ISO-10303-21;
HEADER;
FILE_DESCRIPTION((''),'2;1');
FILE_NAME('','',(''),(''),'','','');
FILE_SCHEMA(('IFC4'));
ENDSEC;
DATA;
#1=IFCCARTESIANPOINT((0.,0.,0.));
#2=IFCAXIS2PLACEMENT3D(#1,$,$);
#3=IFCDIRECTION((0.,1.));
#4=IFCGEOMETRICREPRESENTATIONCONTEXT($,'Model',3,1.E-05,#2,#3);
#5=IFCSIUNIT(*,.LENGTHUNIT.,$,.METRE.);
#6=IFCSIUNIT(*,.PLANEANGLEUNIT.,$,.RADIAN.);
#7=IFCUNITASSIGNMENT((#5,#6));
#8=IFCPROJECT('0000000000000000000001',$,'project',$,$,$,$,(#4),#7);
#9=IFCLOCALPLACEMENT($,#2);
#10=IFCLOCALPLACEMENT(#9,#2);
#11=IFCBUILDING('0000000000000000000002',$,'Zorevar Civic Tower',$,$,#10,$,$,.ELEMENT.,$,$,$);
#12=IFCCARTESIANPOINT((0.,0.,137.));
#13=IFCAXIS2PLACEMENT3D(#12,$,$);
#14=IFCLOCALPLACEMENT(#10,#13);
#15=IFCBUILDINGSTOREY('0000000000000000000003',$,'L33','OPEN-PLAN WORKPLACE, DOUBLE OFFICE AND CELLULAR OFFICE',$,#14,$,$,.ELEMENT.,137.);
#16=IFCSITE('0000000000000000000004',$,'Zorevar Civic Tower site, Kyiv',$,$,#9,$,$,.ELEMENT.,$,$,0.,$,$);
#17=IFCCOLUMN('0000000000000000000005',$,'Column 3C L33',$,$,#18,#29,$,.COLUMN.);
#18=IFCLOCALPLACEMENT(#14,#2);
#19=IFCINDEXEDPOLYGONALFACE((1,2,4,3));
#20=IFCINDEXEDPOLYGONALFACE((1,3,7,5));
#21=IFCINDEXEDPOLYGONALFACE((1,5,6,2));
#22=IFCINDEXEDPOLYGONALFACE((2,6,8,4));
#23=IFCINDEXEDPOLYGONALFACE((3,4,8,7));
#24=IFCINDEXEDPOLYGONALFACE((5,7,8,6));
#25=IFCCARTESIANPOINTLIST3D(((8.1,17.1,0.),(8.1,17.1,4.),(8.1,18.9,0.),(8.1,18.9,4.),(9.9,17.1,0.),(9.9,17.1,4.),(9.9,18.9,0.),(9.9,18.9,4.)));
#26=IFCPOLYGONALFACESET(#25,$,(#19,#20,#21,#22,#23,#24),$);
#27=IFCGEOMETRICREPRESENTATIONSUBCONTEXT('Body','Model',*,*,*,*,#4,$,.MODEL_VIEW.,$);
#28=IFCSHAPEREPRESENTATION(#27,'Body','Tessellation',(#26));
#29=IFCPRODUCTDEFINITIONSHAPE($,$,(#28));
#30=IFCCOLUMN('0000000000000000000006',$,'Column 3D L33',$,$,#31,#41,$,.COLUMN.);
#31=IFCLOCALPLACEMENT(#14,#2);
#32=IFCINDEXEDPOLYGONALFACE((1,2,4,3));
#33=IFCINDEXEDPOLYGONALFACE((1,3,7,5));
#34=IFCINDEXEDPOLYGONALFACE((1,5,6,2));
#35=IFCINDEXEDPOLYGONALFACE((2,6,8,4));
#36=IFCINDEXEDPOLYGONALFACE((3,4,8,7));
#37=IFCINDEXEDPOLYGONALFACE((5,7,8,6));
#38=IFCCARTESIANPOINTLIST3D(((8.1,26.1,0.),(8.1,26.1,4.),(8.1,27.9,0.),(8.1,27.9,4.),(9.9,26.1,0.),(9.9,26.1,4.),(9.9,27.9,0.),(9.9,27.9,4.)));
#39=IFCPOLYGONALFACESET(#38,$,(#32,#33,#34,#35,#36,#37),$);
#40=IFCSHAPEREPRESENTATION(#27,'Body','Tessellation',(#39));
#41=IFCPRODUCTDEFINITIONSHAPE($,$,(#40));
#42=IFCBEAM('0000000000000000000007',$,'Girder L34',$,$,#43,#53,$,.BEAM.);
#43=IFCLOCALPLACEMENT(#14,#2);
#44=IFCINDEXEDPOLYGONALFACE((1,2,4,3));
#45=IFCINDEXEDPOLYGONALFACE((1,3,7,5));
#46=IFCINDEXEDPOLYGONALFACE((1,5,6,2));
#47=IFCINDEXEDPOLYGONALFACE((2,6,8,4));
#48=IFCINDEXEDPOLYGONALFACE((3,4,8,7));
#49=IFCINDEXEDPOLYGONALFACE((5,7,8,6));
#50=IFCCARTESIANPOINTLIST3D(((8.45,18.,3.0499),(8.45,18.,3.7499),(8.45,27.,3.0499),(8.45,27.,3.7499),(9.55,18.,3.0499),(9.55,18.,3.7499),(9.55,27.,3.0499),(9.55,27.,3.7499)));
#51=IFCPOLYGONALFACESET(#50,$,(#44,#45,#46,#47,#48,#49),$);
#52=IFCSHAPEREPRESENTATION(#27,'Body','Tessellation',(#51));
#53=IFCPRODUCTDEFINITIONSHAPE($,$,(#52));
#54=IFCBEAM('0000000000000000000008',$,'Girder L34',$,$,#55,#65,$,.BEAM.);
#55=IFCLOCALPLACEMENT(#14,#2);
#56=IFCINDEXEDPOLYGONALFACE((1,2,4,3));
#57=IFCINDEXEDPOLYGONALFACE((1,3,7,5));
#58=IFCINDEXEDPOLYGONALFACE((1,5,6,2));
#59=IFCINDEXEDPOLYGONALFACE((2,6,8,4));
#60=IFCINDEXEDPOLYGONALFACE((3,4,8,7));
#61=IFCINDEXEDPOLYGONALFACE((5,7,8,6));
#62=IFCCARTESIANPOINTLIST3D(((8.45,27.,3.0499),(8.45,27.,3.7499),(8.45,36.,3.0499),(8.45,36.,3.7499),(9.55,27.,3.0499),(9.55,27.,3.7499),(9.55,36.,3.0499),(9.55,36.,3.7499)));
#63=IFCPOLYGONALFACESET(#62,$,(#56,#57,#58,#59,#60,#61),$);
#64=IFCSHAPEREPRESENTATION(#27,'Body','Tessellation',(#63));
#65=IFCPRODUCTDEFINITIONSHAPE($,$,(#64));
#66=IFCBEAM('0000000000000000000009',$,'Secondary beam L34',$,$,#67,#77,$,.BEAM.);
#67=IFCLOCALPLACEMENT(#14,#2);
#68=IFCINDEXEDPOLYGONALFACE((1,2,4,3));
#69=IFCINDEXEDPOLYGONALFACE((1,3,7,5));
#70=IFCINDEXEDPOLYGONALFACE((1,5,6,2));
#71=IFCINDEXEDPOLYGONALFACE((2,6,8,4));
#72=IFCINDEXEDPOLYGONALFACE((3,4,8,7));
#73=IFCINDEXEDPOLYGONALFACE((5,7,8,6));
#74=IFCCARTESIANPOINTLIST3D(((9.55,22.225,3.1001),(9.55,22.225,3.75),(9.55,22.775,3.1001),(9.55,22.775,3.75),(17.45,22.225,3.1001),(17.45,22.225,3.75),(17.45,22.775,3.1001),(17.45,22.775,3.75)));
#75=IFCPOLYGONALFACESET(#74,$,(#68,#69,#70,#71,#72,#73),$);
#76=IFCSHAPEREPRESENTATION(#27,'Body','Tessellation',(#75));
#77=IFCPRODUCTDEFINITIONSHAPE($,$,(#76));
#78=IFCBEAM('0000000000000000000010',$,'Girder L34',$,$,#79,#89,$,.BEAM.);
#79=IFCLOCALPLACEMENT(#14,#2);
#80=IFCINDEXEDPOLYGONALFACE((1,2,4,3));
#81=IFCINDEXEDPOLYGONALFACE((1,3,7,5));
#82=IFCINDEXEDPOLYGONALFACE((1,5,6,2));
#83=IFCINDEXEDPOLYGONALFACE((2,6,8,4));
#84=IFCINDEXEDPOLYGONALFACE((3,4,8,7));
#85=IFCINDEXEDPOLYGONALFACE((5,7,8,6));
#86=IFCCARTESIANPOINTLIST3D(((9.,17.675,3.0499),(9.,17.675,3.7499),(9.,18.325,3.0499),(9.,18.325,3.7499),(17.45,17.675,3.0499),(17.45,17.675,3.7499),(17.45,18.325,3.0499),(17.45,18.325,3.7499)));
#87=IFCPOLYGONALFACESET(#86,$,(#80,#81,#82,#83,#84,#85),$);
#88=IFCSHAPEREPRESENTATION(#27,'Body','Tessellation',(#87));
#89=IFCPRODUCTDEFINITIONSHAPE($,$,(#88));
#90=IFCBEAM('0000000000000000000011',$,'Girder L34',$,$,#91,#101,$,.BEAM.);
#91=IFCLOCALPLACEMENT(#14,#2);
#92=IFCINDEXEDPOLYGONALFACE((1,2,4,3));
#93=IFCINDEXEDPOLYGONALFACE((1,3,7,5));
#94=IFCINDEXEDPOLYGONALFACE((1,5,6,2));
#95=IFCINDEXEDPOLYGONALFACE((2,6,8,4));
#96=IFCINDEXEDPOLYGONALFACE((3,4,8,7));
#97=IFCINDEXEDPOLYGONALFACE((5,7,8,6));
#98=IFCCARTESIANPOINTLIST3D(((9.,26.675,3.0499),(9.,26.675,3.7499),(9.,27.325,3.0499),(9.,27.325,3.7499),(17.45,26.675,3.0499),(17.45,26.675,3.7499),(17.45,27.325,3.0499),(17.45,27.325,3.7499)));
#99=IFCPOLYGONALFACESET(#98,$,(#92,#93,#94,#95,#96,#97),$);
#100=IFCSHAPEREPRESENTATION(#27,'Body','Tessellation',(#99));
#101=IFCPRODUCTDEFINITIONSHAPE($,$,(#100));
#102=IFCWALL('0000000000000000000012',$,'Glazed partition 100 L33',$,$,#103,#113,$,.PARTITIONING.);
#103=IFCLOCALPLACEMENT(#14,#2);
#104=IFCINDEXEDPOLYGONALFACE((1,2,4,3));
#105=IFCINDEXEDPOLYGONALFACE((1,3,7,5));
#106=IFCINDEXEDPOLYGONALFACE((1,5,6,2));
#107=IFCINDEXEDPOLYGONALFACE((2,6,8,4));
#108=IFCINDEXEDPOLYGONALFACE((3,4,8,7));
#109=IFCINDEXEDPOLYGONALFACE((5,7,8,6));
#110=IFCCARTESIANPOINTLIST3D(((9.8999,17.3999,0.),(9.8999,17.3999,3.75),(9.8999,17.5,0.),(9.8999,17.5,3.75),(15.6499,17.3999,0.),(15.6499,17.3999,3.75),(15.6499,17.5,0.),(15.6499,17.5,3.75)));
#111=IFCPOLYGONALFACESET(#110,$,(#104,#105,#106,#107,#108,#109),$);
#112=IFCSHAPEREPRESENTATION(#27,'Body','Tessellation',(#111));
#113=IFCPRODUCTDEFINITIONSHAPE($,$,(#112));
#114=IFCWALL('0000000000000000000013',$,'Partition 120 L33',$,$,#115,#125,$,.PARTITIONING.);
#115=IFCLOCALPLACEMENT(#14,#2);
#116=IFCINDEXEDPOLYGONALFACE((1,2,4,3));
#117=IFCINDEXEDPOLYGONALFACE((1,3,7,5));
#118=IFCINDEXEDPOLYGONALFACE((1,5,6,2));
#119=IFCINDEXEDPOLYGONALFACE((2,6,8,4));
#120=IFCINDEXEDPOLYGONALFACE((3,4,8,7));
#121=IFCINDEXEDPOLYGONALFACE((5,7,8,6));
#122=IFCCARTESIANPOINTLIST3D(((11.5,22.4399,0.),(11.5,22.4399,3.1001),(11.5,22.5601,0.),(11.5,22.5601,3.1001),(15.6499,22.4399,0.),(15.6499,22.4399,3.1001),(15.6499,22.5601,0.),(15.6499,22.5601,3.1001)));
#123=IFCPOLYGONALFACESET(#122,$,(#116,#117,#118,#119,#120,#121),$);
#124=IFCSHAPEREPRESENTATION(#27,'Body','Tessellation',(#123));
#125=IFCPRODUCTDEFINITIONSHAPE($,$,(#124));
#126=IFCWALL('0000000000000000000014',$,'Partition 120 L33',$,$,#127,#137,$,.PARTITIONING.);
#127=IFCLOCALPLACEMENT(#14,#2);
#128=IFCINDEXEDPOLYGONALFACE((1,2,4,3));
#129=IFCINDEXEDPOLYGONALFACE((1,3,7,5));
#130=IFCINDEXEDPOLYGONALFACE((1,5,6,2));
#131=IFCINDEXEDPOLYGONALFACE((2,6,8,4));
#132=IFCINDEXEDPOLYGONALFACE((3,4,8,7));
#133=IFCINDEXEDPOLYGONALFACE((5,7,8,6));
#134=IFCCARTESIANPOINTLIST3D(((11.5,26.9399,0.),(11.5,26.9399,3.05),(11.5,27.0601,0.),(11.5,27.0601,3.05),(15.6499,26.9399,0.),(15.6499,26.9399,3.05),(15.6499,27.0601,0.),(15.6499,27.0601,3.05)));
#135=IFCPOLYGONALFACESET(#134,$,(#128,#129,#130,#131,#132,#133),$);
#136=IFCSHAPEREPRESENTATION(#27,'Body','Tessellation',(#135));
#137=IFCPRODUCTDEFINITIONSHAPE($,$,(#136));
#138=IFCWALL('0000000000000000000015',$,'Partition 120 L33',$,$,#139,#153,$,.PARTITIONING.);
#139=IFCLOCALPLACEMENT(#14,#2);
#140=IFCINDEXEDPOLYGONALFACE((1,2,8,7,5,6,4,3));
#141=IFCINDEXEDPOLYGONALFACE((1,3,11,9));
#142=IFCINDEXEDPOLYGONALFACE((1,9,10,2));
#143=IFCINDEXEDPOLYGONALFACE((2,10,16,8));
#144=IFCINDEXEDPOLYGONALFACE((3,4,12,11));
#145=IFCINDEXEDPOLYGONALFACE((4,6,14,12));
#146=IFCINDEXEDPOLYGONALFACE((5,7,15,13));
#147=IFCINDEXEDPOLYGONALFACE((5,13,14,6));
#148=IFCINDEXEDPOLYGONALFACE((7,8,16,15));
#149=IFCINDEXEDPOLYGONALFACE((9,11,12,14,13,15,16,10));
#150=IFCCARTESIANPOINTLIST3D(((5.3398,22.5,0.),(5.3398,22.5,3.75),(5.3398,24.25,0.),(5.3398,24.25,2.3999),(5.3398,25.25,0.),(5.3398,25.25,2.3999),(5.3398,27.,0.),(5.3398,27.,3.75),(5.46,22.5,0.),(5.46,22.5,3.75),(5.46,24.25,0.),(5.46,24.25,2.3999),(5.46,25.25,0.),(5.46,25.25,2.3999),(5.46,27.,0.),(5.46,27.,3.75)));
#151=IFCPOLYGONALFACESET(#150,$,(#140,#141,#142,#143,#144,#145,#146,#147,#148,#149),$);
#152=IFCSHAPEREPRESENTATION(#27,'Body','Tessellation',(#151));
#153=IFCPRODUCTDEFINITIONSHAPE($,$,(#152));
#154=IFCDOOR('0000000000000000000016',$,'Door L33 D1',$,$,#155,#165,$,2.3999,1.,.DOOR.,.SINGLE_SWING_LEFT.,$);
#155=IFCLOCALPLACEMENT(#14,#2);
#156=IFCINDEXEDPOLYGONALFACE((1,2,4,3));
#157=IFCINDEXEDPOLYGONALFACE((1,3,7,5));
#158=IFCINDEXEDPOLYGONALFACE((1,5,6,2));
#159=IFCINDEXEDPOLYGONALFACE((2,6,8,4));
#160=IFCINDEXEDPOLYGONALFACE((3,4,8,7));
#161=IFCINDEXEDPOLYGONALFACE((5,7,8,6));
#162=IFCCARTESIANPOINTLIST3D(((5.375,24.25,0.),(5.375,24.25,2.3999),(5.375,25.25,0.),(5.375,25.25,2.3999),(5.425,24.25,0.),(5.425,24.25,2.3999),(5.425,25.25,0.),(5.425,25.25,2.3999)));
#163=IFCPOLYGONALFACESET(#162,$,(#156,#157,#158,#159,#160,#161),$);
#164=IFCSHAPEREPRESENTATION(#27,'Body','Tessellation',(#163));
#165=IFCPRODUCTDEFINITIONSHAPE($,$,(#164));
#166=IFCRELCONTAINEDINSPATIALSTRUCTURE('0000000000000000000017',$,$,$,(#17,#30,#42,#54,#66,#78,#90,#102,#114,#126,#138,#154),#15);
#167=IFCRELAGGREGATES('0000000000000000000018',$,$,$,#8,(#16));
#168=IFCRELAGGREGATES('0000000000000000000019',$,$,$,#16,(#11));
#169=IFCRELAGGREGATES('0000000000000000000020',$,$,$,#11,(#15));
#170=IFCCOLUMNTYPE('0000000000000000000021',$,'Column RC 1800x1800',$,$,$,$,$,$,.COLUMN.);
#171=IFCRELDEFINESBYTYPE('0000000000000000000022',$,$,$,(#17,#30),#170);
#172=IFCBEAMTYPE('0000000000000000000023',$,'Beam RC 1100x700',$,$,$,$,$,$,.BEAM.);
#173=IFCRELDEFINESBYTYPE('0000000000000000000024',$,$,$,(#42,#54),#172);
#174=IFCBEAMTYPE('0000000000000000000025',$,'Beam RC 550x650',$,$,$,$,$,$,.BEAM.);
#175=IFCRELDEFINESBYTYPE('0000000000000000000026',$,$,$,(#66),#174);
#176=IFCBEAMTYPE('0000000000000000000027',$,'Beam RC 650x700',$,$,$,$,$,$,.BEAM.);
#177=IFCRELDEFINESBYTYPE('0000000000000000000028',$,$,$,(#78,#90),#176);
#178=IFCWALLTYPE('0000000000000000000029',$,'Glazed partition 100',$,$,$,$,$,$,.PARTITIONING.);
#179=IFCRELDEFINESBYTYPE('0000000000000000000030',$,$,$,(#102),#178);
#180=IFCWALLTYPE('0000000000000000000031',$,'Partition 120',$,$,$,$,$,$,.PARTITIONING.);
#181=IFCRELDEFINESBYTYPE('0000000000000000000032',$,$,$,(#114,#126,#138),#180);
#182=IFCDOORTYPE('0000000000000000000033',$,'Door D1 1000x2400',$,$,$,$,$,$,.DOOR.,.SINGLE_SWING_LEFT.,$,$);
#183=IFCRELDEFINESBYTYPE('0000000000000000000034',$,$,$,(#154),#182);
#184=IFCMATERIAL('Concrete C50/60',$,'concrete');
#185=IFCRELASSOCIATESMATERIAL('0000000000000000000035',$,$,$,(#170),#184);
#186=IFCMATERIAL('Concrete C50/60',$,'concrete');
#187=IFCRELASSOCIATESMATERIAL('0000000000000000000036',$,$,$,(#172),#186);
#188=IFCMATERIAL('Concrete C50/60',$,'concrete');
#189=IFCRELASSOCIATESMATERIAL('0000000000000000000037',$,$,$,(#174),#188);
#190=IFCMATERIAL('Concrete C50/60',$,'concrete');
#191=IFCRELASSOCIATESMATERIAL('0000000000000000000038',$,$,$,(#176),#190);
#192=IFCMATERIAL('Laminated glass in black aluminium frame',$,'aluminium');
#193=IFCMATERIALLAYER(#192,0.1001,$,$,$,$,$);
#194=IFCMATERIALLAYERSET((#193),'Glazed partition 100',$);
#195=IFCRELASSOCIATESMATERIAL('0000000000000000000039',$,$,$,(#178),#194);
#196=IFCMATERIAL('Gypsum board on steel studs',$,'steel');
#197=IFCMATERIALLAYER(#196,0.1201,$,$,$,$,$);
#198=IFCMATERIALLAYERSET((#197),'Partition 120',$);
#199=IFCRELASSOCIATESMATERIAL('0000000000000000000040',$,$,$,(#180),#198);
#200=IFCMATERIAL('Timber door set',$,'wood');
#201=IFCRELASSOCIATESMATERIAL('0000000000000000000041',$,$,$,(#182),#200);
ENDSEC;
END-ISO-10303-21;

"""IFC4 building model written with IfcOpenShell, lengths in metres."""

from ifc_helpers import new_model, si_unit, direction, frame, frame_2d, origin, origin_2d, place, context, subcontext, project, spatial, rectangle, extrude, material, layer, layer_set, material_profile, profile_set, type_object, element, fill, save


model = new_model("IFC4")

# Units and contexts
model_context = context("Model", 3, precision=1e-05, world=origin(), true_north=direction((0.0, 1.0)))
body_context = subcontext(model_context, "Body", "Model", "MODEL_VIEW")
ifc_project = project(units=[si_unit("LENGTHUNIT", "METRE"), si_unit("PLANEANGLEUNIT", "RADIAN")], contexts=[model_context])

# Site, building, storey
site_placement = place(None, origin())
site = spatial("IfcSite", under=ifc_project, at=site_placement, Name="Zorevar Civic Tower site, Kyiv", CompositionType="ELEMENT", RefElevation=0.0)
building_placement = place(site_placement, origin())
building = spatial("IfcBuilding", under=site, at=building_placement, Name="Zorevar Civic Tower", CompositionType="ELEMENT")
storey_placement = place(building_placement, frame((0.0, 0.0, 137.0)))
storey = spatial("IfcBuildingStorey", under=building, at=storey_placement, Name="L33", Description="OPEN-PLAN WORKPLACE, DOUBLE OFFICE AND CELLULAR OFFICE", CompositionType="ELEMENT", Elevation=137.0)

# Columns
ifc_material_1 = material(Name="Concrete C50/60", Category="concrete")
ifc_material_profile_1 = material_profile(ifc_material_1, rectangle(XDim=1.8, YDim=1.8, at=origin_2d()), Name="RC 1800x1800")
ifc_profile_set_1 = profile_set([ifc_material_profile_1], Name="Concrete C50/60")
column_type = type_object("IfcColumnType", Name="Column RC 1800x1800", PredefinedType="COLUMN", material=ifc_profile_set_1)
for number, where, z_axis, x_axis, name in (
    (1, (9.0, 18.0, 0.0), (0.0, 0.0, 1.0), (1.0, 0.0, 0.0), "Column 3C L33"),
    (2, (9.0, 27.0, 0.0), (0.0, 0.0, 1.0), (1.0, 0.0, 0.0), "Column 3D L33"),
):
    element("IfcColumn", number, at=place(storey_placement, frame(where, z_axis=z_axis, x_axis=x_axis)), inside=storey, type_object=column_type, Name=name, PredefinedType="COLUMN", context=body_context, shape_type="SweptSolid", body=[
        extrude(rectangle(XDim=1.8, YDim=1.8, at=origin_2d()), origin(), (0.0, 0.0, 1.0), 4.0),
    ])

# Beams
ifc_material_2 = material(Name="Concrete C50/60", Category="concrete")
ifc_material_profile_2 = material_profile(ifc_material_2, rectangle(XDim=1.1001, YDim=0.7, at=origin_2d()), Name="RC 1100x700")
ifc_profile_set_2 = profile_set([ifc_material_profile_2], Name="Concrete C50/60")
beam_type_1 = type_object("IfcBeamType", Name="Beam RC 1100x700", PredefinedType="BEAM", material=ifc_profile_set_2)
for number, where, z_axis, x_axis, name in (
    (3, (9.0, 18.0, 3.3999), (0.0, 1.0, 0.0), (-1.0, 0.0, 0.0), "Girder L34"),
    (4, (9.0, 27.0, 3.3999), (0.0, 1.0, 0.0), (-1.0, 0.0, 0.0), "Girder L34"),
):
    element("IfcBeam", number, at=place(storey_placement, frame(where, z_axis=z_axis, x_axis=x_axis)), inside=storey, type_object=beam_type_1, Name=name, PredefinedType="BEAM", context=body_context, shape_type="SweptSolid", body=[
        extrude(rectangle(XDim=1.1001, YDim=0.7, at=origin_2d()), origin(), (0.0, 0.0, 1.0), 9.0),
    ])
ifc_material_3 = material(Name="Concrete C50/60", Category="concrete")
ifc_material_profile_3 = material_profile(ifc_material_3, rectangle(XDim=0.55, YDim=0.6499, at=origin_2d()), Name="RC 550x650")
ifc_profile_set_3 = profile_set([ifc_material_profile_3], Name="Concrete C50/60")
beam_type_2 = type_object("IfcBeamType", Name="Beam RC 550x650", PredefinedType="BEAM", material=ifc_profile_set_3)
beam_placement = place(storey_placement, frame((9.55, 22.5, 3.425), z_axis=(1.0, 0.0, 0.0), x_axis=(0.0, 1.0, 0.0)))
element("IfcBeam", 5, at=beam_placement, inside=storey, type_object=beam_type_2, Name="Secondary beam L34", PredefinedType="BEAM", context=body_context, shape_type="SweptSolid", body=[
    extrude(rectangle(XDim=0.55, YDim=0.6499, at=origin_2d()), origin(), (0.0, 0.0, 1.0), 7.8999),
])
ifc_material_4 = material(Name="Concrete C50/60", Category="concrete")
ifc_material_profile_4 = material_profile(ifc_material_4, rectangle(XDim=0.6499, YDim=0.7, at=origin_2d()), Name="RC 650x700")
ifc_profile_set_4 = profile_set([ifc_material_profile_4], Name="Concrete C50/60")
beam_type_3 = type_object("IfcBeamType", Name="Beam RC 650x700", PredefinedType="BEAM", material=ifc_profile_set_4)
for number, where, z_axis, x_axis, name in (
    (6, (9.0, 18.0, 3.3999), (1.0, 0.0, 0.0), (0.0, 1.0, 0.0), "Girder L34"),
    (7, (9.0, 27.0, 3.3999), (1.0, 0.0, 0.0), (0.0, 1.0, 0.0), "Girder L34"),
):
    element("IfcBeam", number, at=place(storey_placement, frame(where, z_axis=z_axis, x_axis=x_axis)), inside=storey, type_object=beam_type_3, Name=name, PredefinedType="BEAM", context=body_context, shape_type="SweptSolid", body=[
        extrude(rectangle(XDim=0.6499, YDim=0.7, at=origin_2d()), origin(), (0.0, 0.0, 1.0), 8.45),
    ])

# Walls
ifc_material_5 = material(Name="Laminated glass in black aluminium frame", Category="aluminium")
ifc_layer_1 = layer(ifc_material_5, 0.1001)
ifc_layer_set_1 = layer_set([ifc_layer_1], Name="Glazed partition 100")
wall_type_1 = type_object("IfcWallType", Name="Glazed partition 100", PredefinedType="PARTITIONING", material=ifc_layer_set_1)
wall_1_placement = place(storey_placement, frame((9.8999, 17.45, 0.0), z_axis=(0.0, 0.0, 1.0), x_axis=(1.0, 0.0, 0.0)))
element("IfcWall", 8, at=wall_1_placement, inside=storey, type_object=wall_type_1, Name="Glazed partition 100 L33", PredefinedType="PARTITIONING", context=body_context, shape_type="SweptSolid", body=[
    extrude(rectangle(XDim=5.75, YDim=0.1001, at=frame_2d((2.875, 0.0))), origin(), (0.0, 0.0, 1.0), 3.75),
])
ifc_material_6 = material(Name="Gypsum board on steel studs", Category="steel")
ifc_layer_2 = layer(ifc_material_6, 0.1201)
ifc_layer_set_2 = layer_set([ifc_layer_2], Name="Partition 120")
wall_type_2 = type_object("IfcWallType", Name="Partition 120", PredefinedType="PARTITIONING", material=ifc_layer_set_2)
wall_2_placement = place(storey_placement, frame((11.5, 22.5, 0.0), z_axis=(0.0, 0.0, 1.0), x_axis=(1.0, 0.0, 0.0)))
element("IfcWall", 9, at=wall_2_placement, inside=storey, type_object=wall_type_2, Name="Partition 120 L33", PredefinedType="PARTITIONING", context=body_context, shape_type="SweptSolid", body=[
    extrude(rectangle(XDim=4.1499, YDim=0.1201, at=frame_2d((2.075, 0.0))), origin(), (0.0, 0.0, 1.0), 3.1001),
])
wall_3_placement = place(storey_placement, frame((11.5, 27.0, 0.0), z_axis=(0.0, 0.0, 1.0), x_axis=(1.0, 0.0, 0.0)))
element("IfcWall", 10, at=wall_3_placement, inside=storey, type_object=wall_type_2, Name="Partition 120 L33", PredefinedType="PARTITIONING", context=body_context, shape_type="SweptSolid", body=[
    extrude(rectangle(XDim=4.1499, YDim=0.1201, at=frame_2d((2.075, 0.0))), origin(), (0.0, 0.0, 1.0), 3.05),
])

# Wall, opening, door
wall_4_placement = place(storey_placement, frame((5.3999, 22.5, 0.0), z_axis=(0.0, 0.0, 1.0), x_axis=(0.0, 1.0, 0.0)))
wall_4 = element("IfcWall", 11, at=wall_4_placement, inside=storey, type_object=wall_type_2, Name="Partition 120 L33", PredefinedType="PARTITIONING", context=body_context, shape_type="SweptSolid", body=[
    extrude(rectangle(XDim=4.5, YDim=0.1201, at=frame_2d((2.25, 0.0))), origin(), (0.0, 0.0, 1.0), 3.75),
])
opening_1_placement = place(wall_4_placement, frame((1.75, 0.0, 0.0)))
opening_1 = element("IfcOpeningElement", 12, at=opening_1_placement, cuts=wall_4, PredefinedType="OPENING", context=body_context, shape_type="SweptSolid", body=[
    extrude(rectangle(XDim=1.0, YDim=2.3999, at=frame_2d((0.5, 1.2))), frame((0.0, 0.0701, 0.0), z_axis=(0.0, -1.0, 0.0), x_axis=(1.0, 0.0, 0.0)), (0.0, 0.0, 1.0), 0.1401),
])
ifc_material_7 = material(Name="Timber door set", Category="wood")
door_type = type_object("IfcDoorType", Name="Door D1 1000x2400", OperationType="SINGLE_SWING_LEFT", PredefinedType="DOOR", material=ifc_material_7)
door_1_placement = place(opening_1_placement, origin())
door_1 = element("IfcDoor", 13, at=door_1_placement, inside=storey, type_object=door_type, Name="Door L33 D1", OperationType="SINGLE_SWING_LEFT", OverallHeight=2.3999, OverallWidth=1.0, PredefinedType="DOOR", context=body_context, shape_type="SweptSolid", body=[
    extrude(rectangle(XDim=1.0, YDim=2.3999, at=frame_2d((0.5, 1.2))), frame((0.0, 0.0249, 0.0), z_axis=(0.0, -1.0, 0.0), x_axis=(1.0, 0.0, 0.0)), (0.0, 0.0, 1.0), 0.05),
])
fill(opening_1, door_1)

save(model, "model.ifc")
